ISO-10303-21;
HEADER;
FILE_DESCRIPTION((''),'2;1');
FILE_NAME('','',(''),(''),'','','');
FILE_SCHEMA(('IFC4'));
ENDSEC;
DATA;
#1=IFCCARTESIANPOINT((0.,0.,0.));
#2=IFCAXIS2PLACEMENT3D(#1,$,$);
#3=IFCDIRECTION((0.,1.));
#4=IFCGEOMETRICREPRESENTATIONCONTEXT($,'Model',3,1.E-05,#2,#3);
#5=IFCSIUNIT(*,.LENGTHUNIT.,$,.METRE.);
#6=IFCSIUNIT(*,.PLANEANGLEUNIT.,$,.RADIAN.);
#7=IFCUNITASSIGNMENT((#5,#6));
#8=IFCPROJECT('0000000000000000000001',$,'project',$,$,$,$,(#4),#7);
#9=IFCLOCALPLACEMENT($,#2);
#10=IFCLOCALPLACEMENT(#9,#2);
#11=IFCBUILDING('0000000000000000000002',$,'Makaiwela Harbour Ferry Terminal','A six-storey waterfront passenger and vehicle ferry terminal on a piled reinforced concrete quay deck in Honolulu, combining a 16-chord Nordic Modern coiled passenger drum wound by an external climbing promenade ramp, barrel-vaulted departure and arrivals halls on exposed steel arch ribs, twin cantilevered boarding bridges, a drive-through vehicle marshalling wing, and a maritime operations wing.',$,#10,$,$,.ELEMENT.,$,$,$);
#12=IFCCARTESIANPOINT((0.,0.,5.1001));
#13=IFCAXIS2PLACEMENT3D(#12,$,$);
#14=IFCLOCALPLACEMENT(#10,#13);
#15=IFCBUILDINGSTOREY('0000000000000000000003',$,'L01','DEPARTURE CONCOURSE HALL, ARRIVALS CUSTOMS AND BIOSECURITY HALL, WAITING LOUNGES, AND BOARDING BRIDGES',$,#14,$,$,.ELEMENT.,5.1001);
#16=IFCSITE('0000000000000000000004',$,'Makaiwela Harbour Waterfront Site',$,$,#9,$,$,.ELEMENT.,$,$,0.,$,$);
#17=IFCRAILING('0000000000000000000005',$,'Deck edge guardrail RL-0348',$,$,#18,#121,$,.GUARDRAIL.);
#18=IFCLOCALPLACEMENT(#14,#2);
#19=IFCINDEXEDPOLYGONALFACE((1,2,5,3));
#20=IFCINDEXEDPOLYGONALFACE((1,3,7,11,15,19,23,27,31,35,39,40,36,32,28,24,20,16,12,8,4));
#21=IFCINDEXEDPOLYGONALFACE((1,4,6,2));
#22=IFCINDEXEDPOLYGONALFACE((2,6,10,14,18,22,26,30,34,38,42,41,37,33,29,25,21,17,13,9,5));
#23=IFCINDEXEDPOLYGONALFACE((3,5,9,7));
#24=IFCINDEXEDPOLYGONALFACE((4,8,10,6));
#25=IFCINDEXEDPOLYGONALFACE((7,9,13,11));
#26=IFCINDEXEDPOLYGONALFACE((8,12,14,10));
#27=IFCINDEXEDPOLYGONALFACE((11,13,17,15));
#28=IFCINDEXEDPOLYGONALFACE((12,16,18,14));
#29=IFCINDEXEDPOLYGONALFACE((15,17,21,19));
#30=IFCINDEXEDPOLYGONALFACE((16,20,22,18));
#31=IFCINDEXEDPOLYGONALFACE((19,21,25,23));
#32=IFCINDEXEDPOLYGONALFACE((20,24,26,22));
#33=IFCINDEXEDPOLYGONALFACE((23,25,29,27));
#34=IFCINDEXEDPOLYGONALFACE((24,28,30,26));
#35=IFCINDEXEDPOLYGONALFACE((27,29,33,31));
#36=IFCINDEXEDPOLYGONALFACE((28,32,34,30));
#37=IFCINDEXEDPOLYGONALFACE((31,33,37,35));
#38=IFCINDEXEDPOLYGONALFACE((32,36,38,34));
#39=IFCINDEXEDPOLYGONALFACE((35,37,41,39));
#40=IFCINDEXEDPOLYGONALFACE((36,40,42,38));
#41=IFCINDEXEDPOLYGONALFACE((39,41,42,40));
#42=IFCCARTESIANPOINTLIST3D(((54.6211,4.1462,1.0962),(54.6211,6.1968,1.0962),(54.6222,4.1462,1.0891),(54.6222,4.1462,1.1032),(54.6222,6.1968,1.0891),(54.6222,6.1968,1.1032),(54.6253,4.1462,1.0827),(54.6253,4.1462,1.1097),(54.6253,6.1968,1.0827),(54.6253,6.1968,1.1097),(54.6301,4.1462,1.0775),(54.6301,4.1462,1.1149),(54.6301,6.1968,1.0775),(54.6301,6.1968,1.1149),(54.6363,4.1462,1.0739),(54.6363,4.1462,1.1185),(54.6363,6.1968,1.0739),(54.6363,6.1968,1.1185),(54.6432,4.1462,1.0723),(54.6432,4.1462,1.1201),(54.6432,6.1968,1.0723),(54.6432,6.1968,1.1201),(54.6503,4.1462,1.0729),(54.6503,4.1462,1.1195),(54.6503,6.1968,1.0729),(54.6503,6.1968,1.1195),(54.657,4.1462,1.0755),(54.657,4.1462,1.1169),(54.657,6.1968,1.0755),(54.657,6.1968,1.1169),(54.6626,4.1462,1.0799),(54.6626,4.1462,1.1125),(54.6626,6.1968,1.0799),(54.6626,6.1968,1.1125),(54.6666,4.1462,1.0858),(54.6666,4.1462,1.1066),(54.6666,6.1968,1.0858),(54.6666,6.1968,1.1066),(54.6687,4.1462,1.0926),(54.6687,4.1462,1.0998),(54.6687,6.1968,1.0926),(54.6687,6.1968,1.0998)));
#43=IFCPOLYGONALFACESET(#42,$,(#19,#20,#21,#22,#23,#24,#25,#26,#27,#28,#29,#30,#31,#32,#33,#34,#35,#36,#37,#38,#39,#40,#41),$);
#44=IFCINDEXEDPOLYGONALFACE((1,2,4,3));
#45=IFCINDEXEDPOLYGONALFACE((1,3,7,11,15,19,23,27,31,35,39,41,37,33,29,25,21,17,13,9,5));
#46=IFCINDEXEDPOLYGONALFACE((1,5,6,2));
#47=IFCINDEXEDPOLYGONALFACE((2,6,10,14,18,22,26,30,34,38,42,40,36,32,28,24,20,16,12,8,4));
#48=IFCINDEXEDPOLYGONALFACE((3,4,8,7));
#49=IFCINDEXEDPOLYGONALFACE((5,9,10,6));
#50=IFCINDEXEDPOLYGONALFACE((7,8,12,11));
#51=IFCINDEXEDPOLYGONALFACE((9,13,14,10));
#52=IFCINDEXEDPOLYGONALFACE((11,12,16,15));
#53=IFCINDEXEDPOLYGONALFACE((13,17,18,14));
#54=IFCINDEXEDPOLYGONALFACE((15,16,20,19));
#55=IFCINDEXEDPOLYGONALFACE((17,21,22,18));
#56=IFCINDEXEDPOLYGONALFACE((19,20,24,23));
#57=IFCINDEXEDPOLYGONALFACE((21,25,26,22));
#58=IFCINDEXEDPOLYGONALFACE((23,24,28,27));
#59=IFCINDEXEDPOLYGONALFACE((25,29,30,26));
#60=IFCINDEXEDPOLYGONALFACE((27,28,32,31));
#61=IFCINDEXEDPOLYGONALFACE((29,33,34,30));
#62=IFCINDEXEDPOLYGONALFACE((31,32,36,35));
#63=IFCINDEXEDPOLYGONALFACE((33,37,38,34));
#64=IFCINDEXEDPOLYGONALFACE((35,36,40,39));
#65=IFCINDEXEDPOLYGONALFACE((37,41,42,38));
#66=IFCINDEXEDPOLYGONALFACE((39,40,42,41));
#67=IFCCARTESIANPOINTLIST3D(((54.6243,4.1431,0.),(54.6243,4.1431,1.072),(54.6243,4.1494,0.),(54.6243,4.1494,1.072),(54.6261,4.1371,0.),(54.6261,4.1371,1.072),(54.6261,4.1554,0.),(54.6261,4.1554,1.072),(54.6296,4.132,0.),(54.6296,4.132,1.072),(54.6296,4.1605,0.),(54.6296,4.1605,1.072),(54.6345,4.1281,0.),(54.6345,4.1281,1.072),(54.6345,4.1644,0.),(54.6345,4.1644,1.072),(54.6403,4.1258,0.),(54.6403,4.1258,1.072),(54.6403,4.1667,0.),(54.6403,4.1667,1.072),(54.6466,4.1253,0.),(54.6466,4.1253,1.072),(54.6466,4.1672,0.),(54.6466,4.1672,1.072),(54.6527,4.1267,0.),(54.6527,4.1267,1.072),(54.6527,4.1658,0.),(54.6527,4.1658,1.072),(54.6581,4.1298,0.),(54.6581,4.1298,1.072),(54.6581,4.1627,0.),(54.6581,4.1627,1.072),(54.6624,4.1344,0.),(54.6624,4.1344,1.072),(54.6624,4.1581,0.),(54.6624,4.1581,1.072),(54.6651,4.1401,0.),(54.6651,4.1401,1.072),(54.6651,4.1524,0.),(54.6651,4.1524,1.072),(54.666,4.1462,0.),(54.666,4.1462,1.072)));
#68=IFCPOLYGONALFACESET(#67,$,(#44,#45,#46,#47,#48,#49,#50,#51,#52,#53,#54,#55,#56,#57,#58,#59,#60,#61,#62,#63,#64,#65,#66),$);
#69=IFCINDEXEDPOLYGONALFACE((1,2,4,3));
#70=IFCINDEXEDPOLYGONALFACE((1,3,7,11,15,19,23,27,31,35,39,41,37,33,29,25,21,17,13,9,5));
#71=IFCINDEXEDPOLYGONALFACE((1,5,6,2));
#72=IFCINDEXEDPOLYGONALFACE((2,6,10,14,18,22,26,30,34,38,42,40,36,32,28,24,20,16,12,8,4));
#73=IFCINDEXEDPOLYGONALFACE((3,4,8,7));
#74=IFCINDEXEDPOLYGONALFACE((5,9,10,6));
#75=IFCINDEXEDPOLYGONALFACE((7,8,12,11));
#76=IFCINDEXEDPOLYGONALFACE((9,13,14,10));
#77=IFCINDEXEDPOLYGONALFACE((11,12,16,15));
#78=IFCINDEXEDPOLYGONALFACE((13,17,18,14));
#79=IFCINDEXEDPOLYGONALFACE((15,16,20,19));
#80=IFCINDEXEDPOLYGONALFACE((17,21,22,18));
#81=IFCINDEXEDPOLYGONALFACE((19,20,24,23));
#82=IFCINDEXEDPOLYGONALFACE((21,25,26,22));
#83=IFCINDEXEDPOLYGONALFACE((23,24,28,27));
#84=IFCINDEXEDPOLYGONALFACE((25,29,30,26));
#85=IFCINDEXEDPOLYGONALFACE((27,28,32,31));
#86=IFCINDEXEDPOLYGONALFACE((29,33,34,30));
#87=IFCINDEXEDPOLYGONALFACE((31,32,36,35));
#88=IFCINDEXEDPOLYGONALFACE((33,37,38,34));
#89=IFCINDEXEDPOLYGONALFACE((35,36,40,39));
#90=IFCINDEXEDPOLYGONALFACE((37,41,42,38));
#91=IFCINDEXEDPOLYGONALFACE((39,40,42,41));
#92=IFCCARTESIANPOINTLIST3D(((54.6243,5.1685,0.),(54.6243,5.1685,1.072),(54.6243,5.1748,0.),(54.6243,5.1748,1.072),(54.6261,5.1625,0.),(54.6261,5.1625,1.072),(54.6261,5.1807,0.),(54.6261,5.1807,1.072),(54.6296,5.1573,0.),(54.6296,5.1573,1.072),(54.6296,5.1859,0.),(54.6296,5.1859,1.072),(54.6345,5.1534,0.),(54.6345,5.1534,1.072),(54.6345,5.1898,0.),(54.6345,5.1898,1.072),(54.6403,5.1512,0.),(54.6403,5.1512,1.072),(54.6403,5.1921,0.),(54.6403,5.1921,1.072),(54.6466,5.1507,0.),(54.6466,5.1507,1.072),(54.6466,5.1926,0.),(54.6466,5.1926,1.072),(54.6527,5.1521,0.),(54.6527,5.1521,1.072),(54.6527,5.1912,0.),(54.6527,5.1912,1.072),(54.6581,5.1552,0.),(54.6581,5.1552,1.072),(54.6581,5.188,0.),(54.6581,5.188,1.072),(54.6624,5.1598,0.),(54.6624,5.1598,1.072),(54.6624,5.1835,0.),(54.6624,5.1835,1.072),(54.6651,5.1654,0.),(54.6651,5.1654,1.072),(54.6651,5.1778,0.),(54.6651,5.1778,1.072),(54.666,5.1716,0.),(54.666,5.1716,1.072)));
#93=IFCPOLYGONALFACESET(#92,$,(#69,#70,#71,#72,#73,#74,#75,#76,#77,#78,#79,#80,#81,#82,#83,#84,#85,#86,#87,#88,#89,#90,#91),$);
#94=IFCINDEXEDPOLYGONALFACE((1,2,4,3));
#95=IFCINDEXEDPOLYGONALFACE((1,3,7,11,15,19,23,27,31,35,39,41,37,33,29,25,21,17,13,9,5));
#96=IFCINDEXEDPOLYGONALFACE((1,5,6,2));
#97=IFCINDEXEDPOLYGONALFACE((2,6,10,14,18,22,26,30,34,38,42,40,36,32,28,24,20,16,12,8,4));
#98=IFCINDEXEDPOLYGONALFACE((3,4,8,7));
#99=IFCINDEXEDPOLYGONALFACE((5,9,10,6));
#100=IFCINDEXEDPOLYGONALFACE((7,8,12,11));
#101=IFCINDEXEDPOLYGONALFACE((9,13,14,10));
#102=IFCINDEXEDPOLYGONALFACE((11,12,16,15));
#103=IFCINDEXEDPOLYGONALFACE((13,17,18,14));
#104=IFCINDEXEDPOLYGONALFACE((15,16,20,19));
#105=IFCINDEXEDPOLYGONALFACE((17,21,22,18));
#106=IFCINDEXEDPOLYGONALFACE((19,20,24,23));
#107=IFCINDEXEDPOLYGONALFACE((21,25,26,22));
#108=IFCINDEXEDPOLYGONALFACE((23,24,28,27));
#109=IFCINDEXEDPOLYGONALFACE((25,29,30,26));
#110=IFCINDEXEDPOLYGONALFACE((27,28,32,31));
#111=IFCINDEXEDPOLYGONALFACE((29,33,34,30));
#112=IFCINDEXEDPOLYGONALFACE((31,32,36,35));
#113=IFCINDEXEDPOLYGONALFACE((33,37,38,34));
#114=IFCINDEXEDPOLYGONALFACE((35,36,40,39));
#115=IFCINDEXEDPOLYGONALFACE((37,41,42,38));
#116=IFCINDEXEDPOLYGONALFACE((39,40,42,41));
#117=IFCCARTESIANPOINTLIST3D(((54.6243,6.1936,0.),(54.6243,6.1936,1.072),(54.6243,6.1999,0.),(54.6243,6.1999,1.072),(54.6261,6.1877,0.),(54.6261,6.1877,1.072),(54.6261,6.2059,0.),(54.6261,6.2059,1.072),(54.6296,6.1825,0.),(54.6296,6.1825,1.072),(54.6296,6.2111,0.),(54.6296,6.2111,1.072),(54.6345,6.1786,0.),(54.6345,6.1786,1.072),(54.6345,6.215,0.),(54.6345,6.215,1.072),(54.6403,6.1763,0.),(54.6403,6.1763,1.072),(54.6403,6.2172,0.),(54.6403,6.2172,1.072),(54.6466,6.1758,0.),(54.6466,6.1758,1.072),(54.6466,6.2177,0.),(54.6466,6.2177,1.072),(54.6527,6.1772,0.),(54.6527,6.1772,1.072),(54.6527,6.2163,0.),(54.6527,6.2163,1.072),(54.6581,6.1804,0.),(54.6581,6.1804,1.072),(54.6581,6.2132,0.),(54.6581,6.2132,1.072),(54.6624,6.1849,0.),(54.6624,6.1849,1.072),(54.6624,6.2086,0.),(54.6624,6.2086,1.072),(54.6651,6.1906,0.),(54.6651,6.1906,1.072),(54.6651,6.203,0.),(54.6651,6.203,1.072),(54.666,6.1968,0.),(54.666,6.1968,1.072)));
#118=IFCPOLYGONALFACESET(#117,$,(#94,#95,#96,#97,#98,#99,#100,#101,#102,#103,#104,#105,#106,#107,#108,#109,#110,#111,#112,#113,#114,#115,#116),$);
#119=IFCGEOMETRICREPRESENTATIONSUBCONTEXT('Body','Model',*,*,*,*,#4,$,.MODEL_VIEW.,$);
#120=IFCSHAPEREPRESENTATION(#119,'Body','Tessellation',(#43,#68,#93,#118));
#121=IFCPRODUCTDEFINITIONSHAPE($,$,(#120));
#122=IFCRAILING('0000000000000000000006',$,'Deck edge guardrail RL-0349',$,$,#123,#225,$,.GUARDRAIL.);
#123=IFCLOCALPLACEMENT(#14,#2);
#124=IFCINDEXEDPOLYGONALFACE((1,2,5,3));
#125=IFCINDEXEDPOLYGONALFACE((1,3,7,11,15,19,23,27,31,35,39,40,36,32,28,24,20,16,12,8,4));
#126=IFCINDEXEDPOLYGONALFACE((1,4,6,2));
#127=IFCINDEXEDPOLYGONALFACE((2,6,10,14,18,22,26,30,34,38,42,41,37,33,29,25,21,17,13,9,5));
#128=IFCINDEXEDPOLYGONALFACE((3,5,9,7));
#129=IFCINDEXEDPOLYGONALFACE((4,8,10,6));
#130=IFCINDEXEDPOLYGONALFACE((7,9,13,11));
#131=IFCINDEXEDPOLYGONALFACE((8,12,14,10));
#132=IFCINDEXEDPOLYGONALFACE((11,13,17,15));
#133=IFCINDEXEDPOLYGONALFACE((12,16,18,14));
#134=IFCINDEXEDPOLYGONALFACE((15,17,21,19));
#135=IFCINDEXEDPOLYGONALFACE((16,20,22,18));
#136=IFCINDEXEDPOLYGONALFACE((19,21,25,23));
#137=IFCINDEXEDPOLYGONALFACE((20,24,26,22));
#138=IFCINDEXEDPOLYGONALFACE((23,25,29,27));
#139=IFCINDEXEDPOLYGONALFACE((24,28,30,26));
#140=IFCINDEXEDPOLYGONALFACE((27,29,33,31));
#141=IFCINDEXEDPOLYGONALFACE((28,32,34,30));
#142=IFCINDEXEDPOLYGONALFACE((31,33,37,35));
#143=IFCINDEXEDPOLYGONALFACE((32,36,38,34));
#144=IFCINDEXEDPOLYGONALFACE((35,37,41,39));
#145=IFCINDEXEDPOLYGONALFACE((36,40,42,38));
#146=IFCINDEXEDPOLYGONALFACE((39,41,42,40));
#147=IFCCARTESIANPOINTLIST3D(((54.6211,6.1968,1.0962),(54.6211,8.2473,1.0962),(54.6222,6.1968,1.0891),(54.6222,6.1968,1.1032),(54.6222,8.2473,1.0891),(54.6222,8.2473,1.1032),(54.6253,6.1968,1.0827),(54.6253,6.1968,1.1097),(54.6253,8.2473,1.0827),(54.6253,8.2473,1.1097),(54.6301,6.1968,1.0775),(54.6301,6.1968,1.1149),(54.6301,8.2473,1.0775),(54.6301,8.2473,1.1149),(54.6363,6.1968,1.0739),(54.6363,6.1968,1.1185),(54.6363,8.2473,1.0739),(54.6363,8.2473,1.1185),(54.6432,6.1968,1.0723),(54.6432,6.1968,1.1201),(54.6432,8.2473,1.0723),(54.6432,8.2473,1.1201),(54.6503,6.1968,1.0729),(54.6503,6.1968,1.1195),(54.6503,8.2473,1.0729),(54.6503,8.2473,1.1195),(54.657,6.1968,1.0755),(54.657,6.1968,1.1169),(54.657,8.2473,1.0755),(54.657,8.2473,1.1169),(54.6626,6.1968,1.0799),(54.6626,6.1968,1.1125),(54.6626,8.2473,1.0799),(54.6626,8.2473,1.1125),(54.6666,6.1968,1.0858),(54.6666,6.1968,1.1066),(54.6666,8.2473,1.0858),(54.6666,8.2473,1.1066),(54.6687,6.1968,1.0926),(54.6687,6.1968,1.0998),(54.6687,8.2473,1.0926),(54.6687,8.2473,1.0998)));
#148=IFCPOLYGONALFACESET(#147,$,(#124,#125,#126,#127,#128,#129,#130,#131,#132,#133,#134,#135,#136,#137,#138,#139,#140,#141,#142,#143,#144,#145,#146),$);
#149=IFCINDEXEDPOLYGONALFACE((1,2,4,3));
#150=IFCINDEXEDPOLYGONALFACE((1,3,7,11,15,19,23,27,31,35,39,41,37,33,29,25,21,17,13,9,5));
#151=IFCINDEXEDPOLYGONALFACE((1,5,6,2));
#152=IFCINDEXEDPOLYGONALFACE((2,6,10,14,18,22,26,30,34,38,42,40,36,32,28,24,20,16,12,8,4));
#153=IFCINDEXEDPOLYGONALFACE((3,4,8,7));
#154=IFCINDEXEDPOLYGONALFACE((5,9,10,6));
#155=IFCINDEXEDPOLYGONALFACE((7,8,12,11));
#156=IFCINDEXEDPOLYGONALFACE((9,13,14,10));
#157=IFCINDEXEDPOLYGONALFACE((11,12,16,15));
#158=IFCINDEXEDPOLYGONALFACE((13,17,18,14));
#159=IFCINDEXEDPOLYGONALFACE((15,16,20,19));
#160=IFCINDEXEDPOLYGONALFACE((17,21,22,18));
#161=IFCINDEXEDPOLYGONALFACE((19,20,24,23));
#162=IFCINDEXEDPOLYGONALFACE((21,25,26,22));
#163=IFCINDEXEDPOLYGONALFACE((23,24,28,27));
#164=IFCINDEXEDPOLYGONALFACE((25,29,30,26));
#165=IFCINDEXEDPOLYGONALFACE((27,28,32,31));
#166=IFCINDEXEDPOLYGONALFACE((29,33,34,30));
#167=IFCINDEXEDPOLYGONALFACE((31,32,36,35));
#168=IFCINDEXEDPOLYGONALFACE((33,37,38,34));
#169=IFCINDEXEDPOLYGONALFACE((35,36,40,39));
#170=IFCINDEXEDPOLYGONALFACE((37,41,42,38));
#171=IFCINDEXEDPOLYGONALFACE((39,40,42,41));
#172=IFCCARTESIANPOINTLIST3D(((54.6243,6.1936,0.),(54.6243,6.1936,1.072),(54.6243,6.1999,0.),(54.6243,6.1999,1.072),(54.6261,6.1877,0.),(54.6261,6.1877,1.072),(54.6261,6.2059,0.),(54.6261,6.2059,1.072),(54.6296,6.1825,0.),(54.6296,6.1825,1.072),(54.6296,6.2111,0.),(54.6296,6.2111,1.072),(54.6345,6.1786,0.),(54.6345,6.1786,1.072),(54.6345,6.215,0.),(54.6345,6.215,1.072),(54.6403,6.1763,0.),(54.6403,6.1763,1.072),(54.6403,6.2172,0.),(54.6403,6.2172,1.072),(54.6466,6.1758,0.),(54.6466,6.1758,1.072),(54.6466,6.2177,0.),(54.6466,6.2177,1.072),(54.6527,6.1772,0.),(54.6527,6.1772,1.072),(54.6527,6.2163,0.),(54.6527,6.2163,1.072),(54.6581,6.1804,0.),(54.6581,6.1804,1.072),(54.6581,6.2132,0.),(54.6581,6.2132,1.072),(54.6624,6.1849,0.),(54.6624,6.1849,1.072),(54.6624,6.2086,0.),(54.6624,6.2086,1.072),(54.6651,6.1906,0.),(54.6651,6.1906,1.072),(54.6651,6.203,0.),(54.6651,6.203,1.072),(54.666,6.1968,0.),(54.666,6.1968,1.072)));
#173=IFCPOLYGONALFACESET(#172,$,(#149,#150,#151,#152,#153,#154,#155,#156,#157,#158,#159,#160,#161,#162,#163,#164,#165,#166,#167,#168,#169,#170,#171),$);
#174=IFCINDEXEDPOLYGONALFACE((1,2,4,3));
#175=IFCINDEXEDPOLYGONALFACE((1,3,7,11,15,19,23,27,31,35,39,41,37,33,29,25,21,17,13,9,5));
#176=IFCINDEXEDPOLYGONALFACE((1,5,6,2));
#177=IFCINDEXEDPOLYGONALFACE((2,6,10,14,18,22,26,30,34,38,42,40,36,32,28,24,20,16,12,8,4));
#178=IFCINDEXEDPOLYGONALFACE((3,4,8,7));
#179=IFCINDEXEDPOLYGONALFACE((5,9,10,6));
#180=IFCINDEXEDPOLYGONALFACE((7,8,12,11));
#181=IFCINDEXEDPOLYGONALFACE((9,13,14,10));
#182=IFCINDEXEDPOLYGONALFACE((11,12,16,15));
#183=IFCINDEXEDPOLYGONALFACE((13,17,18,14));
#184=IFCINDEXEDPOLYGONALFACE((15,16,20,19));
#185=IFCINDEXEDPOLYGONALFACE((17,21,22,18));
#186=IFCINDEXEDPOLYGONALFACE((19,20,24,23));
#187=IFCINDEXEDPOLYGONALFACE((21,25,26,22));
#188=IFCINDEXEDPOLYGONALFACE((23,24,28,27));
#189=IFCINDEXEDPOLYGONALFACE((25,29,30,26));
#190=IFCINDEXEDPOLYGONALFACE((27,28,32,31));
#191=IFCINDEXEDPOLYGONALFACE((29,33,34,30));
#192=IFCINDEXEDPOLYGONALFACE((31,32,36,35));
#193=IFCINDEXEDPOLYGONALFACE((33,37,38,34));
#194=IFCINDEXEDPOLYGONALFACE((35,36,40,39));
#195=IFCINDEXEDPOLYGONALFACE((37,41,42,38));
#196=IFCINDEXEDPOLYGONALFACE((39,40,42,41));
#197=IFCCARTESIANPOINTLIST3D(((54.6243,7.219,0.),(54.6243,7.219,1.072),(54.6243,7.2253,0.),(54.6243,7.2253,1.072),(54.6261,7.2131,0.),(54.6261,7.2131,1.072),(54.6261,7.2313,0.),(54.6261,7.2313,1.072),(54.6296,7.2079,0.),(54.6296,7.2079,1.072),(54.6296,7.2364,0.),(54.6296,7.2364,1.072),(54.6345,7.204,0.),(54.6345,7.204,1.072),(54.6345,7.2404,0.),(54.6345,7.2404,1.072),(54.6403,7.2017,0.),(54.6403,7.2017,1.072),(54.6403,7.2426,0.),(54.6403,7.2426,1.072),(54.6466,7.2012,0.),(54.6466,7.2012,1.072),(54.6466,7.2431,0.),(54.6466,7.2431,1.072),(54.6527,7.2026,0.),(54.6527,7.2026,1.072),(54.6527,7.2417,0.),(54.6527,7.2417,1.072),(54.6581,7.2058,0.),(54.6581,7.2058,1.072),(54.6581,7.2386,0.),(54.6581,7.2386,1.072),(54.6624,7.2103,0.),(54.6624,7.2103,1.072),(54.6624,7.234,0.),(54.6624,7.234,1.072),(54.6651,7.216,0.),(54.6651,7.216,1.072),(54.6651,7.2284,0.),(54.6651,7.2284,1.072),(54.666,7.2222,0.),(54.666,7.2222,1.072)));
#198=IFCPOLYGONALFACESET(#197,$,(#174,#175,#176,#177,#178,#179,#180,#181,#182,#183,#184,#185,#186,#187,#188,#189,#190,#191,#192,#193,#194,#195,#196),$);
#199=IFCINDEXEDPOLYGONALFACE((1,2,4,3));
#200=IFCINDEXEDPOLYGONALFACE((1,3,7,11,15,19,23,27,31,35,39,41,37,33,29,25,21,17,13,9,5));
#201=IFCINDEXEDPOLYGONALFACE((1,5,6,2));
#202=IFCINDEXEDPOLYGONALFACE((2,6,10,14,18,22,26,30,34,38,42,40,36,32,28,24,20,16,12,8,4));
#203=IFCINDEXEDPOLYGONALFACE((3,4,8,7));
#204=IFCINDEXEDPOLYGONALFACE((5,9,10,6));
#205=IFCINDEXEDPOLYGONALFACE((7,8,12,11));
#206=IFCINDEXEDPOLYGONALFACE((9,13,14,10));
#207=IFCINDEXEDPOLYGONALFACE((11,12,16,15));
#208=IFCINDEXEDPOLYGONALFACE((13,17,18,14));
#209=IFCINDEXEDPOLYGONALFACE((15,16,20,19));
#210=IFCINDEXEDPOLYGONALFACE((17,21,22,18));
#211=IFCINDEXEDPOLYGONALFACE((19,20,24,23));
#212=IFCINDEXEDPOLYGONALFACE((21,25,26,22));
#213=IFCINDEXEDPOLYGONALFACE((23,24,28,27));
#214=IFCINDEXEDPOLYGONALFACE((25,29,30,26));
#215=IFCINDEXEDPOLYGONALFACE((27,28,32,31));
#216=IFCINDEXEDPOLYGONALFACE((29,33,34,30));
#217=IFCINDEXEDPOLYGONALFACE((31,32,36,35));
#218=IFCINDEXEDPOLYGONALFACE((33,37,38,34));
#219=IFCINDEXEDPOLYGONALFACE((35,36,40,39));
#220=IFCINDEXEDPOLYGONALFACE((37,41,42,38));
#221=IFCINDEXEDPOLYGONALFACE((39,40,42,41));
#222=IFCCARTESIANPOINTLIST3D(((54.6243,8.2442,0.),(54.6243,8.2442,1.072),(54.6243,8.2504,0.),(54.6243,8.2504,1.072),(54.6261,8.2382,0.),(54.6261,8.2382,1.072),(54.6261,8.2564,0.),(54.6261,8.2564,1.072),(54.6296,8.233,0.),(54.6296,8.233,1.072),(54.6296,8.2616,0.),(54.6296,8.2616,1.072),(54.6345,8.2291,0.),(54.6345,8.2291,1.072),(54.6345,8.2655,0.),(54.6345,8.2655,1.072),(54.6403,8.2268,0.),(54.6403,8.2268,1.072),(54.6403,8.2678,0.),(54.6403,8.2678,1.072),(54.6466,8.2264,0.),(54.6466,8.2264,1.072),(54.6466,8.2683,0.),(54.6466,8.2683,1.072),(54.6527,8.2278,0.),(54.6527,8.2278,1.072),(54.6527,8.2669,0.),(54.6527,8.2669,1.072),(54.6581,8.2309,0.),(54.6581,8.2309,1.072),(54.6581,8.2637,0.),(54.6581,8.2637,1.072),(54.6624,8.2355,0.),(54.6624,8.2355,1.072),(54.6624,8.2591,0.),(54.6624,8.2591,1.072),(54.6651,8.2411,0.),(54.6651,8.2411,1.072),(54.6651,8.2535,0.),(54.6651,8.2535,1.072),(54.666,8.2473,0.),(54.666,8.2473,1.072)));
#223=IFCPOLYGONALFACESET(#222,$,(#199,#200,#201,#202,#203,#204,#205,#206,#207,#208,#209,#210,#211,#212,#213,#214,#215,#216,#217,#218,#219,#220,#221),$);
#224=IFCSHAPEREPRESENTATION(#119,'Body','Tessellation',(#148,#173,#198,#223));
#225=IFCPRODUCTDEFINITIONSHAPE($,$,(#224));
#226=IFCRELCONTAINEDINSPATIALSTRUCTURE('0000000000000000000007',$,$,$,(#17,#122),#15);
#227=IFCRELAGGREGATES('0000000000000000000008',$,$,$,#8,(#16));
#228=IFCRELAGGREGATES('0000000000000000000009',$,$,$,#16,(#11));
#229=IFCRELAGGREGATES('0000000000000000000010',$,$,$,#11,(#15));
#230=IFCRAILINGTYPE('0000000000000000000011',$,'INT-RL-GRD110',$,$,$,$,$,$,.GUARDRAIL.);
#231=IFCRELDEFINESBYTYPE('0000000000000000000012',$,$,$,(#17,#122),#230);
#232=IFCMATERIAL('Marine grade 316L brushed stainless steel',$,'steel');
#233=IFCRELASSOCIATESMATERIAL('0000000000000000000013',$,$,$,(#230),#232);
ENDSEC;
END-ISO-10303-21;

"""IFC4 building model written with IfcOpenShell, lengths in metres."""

from ifc_helpers import new_model, si_unit, direction, frame, origin, origin_2d, place, context, subcontext, project, spatial, circle, extrude, material, type_object, element, save


model = new_model("IFC4")

# Units and contexts
model_context = context("Model", 3, precision=1e-05, world=origin(), true_north=direction((0.0, 1.0)))
body_context = subcontext(model_context, "Body", "Model", "MODEL_VIEW")
ifc_project = project(units=[si_unit("LENGTHUNIT", "METRE"), si_unit("PLANEANGLEUNIT", "RADIAN")], contexts=[model_context])

# Site, building, storey
site_placement = place(None, origin())
site = spatial("IfcSite", under=ifc_project, at=site_placement, Name="Makaiwela Harbour Waterfront Site", CompositionType="ELEMENT", RefElevation=0.0)
building_placement = place(site_placement, origin())
building = spatial("IfcBuilding", under=site, at=building_placement, Name="Makaiwela Harbour Ferry Terminal", Description="A six-storey waterfront passenger and vehicle ferry terminal on a piled reinforced concrete quay deck in Honolulu, combining a 16-chord Nordic Modern coiled passenger drum wound by an external climbing promenade ramp, barrel-vaulted departure and arrivals halls on exposed steel arch ribs, twin cantilevered boarding bridges, a drive-through vehicle marshalling wing, and a maritime operations wing.", CompositionType="ELEMENT")
storey_placement = place(building_placement, frame((0.0, 0.0, 5.1001)))
storey = spatial("IfcBuildingStorey", under=building, at=storey_placement, Name="L01", Description="DEPARTURE CONCOURSE HALL, ARRIVALS CUSTOMS AND BIOSECURITY HALL, WAITING LOUNGES, AND BOARDING BRIDGES", CompositionType="ELEMENT", Elevation=5.1001)

# Railings
ifc_material_1 = material(Name="Marine grade 316L brushed stainless steel", Category="steel")
railing_type = type_object("IfcRailingType", Name="INT-RL-GRD110", PredefinedType="GUARDRAIL", material=ifc_material_1)
for number, where, name in (
    (1, (54.645, 4.1462, 0.0), "Deck edge guardrail RL-0348"),
    (2, (54.645, 6.1968, 0.0), "Deck edge guardrail RL-0349"),
):
    element("IfcRailing", number, at=place(storey_placement, frame(where)), inside=storey, type_object=railing_type, Name=name, PredefinedType="GUARDRAIL", context=body_context, shape_type="SweptSolid", body=[
        extrude(circle(Radius=0.0239, at=origin_2d()), frame((0.0, 0.0, 1.0962), z_axis=(0.0, 1.0, 0.0), x_axis=(-1.0, 0.0, 0.0)), (0.0, 0.0, 1.0), 2.0505),
        extrude(circle(Radius=0.021, at=origin_2d()), origin(), (0.0, 0.0, 1.0), 1.072),
        extrude(circle(Radius=0.021, at=origin_2d()), frame((0.0, 1.0254, 0.0)), (0.0, 0.0, 1.0), 1.072),
        extrude(circle(Radius=0.021, at=origin_2d()), frame((0.0, 2.0505, 0.0)), (0.0, 0.0, 1.0), 1.072),
    ])

save(model, "model.ifc")
